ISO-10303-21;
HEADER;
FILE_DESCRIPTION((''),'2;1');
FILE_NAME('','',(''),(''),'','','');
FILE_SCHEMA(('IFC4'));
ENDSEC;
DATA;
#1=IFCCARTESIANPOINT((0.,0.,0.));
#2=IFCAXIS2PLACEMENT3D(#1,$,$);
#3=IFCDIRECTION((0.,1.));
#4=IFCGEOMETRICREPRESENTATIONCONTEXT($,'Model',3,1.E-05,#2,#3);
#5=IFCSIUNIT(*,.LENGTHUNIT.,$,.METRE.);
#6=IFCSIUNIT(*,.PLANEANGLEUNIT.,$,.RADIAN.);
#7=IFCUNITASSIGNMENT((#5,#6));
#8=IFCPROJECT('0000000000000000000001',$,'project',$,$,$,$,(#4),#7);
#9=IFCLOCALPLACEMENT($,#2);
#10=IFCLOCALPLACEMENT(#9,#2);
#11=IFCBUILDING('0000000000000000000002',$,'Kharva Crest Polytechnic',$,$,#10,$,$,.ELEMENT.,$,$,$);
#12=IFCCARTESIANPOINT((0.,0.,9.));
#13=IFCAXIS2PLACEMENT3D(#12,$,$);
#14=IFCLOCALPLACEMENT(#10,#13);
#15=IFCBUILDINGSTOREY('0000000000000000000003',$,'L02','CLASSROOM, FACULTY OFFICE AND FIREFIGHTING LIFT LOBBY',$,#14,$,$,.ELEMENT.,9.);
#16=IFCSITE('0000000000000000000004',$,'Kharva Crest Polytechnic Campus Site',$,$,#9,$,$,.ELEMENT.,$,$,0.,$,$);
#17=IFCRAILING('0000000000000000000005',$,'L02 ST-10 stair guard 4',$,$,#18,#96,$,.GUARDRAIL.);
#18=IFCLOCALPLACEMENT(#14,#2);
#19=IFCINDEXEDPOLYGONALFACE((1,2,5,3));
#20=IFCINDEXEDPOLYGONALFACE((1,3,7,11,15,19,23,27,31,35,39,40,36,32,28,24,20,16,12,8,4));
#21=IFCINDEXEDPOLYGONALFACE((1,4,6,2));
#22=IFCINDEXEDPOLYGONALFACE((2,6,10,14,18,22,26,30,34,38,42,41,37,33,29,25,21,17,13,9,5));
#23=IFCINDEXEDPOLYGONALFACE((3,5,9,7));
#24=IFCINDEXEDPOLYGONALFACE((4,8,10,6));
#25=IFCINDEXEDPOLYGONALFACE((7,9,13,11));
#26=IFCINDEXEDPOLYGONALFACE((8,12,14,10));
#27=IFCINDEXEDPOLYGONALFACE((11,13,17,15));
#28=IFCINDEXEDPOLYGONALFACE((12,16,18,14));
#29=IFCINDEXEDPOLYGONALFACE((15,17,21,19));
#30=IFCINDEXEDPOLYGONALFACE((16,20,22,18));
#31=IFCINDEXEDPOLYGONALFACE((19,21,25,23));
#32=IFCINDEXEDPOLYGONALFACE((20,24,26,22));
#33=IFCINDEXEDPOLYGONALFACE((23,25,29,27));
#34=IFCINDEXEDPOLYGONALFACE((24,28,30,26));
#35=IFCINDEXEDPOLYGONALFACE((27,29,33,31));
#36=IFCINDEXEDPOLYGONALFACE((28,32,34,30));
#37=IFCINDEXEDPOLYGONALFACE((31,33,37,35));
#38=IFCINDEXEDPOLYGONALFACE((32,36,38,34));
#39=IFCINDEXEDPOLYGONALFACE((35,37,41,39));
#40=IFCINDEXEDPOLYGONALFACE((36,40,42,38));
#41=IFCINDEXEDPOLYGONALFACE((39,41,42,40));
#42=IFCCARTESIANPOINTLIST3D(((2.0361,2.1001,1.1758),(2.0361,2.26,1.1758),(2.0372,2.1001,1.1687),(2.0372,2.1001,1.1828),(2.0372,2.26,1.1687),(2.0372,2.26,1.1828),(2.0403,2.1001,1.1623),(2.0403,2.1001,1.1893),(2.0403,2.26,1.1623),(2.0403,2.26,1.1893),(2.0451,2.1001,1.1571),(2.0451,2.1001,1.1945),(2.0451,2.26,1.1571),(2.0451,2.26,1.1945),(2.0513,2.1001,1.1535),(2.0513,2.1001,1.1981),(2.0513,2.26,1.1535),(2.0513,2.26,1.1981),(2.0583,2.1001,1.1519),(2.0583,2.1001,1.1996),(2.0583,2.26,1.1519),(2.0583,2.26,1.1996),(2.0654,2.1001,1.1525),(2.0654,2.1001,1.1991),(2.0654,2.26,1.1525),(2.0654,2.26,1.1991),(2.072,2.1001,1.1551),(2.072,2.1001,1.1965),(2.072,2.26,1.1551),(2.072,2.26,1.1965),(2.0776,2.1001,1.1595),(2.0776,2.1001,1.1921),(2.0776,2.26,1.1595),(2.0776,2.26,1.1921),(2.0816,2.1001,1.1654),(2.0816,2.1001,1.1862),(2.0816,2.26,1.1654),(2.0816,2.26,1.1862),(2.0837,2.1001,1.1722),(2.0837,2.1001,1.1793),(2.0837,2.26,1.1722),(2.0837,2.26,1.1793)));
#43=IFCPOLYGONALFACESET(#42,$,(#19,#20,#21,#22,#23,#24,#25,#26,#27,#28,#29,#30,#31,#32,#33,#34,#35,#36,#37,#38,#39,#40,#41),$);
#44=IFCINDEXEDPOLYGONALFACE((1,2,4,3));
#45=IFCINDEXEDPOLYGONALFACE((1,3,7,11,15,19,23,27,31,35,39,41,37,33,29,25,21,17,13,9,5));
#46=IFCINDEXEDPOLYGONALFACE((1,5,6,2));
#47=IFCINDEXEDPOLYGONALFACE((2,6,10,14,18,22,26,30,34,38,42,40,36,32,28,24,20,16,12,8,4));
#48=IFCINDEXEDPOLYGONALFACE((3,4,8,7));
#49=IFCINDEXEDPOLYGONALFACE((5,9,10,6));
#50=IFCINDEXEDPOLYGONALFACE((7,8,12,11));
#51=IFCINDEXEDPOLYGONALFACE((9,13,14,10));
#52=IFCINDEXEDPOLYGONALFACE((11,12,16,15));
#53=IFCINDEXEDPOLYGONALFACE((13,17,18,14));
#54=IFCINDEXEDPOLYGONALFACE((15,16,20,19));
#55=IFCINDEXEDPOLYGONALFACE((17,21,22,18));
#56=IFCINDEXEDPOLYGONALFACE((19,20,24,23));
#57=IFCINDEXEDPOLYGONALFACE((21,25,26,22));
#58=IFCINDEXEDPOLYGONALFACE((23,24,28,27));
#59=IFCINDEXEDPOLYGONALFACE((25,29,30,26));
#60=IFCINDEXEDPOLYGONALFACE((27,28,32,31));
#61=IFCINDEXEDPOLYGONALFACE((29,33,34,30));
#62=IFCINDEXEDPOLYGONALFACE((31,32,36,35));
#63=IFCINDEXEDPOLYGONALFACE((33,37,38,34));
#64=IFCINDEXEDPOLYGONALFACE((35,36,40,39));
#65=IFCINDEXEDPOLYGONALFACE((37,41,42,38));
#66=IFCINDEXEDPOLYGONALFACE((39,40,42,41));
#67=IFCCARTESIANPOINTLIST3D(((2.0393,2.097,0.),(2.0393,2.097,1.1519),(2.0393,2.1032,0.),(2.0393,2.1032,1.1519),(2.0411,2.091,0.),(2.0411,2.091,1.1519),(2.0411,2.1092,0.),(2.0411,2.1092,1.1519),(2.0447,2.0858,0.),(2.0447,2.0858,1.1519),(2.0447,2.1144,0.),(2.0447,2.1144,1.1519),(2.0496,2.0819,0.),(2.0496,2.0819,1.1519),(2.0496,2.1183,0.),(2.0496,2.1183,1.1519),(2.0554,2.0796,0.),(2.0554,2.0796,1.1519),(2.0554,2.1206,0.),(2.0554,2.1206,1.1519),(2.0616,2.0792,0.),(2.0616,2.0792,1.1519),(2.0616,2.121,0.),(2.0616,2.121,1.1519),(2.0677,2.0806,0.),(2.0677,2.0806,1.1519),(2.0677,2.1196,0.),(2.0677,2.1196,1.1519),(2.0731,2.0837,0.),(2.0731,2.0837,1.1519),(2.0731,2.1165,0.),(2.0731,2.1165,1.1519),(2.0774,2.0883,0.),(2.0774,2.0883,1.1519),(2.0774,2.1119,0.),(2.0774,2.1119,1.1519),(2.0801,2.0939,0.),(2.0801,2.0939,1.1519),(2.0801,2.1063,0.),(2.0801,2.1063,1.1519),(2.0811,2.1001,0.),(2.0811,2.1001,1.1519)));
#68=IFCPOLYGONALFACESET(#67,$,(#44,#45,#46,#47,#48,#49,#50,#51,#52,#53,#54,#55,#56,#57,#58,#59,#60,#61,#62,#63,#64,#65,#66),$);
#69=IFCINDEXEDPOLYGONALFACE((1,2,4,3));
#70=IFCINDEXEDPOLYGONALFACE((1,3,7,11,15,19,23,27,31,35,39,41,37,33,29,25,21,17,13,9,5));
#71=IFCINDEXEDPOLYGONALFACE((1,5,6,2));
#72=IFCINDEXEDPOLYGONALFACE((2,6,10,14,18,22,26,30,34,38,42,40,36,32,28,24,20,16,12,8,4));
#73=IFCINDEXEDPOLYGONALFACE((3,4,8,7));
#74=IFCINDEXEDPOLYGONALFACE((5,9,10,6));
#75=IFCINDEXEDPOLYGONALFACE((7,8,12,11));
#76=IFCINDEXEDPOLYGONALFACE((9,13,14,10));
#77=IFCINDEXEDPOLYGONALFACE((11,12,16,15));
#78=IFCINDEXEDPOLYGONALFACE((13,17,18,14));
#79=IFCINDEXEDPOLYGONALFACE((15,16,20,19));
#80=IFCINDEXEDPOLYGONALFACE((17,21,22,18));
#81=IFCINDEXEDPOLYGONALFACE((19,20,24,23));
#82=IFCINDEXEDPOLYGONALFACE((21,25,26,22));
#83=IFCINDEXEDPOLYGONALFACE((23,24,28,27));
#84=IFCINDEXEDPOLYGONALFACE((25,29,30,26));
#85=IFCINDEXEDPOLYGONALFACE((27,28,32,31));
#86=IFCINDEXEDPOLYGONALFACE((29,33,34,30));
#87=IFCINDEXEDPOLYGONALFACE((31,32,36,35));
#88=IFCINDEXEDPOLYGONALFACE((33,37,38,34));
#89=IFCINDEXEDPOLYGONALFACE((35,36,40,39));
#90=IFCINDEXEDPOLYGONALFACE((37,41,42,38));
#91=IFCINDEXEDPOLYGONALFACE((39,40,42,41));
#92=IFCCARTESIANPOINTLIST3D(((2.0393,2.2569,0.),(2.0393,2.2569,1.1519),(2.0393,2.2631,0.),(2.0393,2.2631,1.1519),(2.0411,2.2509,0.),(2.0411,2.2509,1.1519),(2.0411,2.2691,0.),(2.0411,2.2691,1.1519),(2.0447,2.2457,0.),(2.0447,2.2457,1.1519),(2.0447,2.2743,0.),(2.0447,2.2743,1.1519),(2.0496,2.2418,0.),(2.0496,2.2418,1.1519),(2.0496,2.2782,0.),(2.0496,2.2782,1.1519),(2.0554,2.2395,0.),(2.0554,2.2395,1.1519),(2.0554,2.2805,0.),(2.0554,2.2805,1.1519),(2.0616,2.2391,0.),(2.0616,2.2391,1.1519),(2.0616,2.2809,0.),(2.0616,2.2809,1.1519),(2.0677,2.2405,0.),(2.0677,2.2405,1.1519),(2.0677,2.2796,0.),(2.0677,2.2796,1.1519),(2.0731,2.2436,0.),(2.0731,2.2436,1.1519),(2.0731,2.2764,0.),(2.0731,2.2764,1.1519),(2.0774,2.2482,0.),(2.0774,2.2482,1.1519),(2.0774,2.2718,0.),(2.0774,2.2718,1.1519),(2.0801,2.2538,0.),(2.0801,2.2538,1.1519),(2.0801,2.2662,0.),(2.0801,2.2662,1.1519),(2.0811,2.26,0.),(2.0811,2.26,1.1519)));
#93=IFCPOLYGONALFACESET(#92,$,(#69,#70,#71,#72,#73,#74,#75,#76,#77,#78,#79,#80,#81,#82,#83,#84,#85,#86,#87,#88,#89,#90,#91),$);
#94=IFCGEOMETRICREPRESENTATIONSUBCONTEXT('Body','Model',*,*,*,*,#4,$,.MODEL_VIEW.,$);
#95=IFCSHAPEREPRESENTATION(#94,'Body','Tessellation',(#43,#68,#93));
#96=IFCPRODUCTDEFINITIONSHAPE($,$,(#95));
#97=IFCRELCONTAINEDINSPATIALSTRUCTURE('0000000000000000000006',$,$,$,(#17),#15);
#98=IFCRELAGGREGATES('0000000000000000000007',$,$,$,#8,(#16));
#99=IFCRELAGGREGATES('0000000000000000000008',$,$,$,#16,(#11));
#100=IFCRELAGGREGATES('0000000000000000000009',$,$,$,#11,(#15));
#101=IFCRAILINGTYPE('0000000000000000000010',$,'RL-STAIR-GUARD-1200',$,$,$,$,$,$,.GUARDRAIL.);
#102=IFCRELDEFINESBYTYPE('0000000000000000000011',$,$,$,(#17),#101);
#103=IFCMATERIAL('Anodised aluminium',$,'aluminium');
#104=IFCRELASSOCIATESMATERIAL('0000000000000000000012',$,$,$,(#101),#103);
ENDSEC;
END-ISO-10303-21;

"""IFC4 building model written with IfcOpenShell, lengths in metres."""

from ifc_helpers import new_model, si_unit, direction, frame, origin, origin_2d, place, context, subcontext, project, spatial, circle, extrude, material, type_object, element, save


model = new_model("IFC4")

# Units and contexts
model_context = context("Model", 3, precision=1e-05, world=origin(), true_north=direction((0.0, 1.0)))
body_context = subcontext(model_context, "Body", "Model", "MODEL_VIEW")
ifc_project = project(units=[si_unit("LENGTHUNIT", "METRE"), si_unit("PLANEANGLEUNIT", "RADIAN")], contexts=[model_context])

# Site, building, storey
site_placement = place(None, origin())
site = spatial("IfcSite", under=ifc_project, at=site_placement, Name="Kharva Crest Polytechnic Campus Site", CompositionType="ELEMENT", RefElevation=0.0)
building_placement = place(site_placement, origin())
building = spatial("IfcBuilding", under=site, at=building_placement, Name="Kharva Crest Polytechnic", CompositionType="ELEMENT")
storey_placement = place(building_placement, frame((0.0, 0.0, 9.0)))
storey = spatial("IfcBuildingStorey", under=building, at=storey_placement, Name="L02", Description="CLASSROOM, FACULTY OFFICE AND FIREFIGHTING LIFT LOBBY", CompositionType="ELEMENT", Elevation=9.0)

# Shared definitions
ifc_material_1 = material(Name="Anodised aluminium", Category="aluminium")

# Railing
railing_type_1 = type_object("IfcRailingType", Name="RL-STAIR-GUARD-1200", PredefinedType="GUARDRAIL", material=ifc_material_1)
railing_1_placement = place(storey_placement, frame((2.0601, 2.1001, 0.0)))
element("IfcRailing", 1, at=railing_1_placement, inside=storey, type_object=railing_type_1, Name="L02 ST-10 stair guard 4", PredefinedType="GUARDRAIL", context=body_context, shape_type="SweptSolid", body=[
    extrude(circle(Radius=0.0239, at=origin_2d()), frame((0.0, 0.0, 1.1758), z_axis=(0.0, 1.0, 0.0), x_axis=(-1.0, 0.0, 0.0)), (0.0, 0.0, 1.0), 0.1599),
    extrude(circle(Radius=0.021, at=origin_2d()), origin(), (0.0, 0.0, 1.0), 1.1519),
    extrude(circle(Radius=0.021, at=origin_2d()), frame((0.0, 0.1599, 0.0)), (0.0, 0.0, 1.0), 1.1519),
])

save(model, "model.ifc")
